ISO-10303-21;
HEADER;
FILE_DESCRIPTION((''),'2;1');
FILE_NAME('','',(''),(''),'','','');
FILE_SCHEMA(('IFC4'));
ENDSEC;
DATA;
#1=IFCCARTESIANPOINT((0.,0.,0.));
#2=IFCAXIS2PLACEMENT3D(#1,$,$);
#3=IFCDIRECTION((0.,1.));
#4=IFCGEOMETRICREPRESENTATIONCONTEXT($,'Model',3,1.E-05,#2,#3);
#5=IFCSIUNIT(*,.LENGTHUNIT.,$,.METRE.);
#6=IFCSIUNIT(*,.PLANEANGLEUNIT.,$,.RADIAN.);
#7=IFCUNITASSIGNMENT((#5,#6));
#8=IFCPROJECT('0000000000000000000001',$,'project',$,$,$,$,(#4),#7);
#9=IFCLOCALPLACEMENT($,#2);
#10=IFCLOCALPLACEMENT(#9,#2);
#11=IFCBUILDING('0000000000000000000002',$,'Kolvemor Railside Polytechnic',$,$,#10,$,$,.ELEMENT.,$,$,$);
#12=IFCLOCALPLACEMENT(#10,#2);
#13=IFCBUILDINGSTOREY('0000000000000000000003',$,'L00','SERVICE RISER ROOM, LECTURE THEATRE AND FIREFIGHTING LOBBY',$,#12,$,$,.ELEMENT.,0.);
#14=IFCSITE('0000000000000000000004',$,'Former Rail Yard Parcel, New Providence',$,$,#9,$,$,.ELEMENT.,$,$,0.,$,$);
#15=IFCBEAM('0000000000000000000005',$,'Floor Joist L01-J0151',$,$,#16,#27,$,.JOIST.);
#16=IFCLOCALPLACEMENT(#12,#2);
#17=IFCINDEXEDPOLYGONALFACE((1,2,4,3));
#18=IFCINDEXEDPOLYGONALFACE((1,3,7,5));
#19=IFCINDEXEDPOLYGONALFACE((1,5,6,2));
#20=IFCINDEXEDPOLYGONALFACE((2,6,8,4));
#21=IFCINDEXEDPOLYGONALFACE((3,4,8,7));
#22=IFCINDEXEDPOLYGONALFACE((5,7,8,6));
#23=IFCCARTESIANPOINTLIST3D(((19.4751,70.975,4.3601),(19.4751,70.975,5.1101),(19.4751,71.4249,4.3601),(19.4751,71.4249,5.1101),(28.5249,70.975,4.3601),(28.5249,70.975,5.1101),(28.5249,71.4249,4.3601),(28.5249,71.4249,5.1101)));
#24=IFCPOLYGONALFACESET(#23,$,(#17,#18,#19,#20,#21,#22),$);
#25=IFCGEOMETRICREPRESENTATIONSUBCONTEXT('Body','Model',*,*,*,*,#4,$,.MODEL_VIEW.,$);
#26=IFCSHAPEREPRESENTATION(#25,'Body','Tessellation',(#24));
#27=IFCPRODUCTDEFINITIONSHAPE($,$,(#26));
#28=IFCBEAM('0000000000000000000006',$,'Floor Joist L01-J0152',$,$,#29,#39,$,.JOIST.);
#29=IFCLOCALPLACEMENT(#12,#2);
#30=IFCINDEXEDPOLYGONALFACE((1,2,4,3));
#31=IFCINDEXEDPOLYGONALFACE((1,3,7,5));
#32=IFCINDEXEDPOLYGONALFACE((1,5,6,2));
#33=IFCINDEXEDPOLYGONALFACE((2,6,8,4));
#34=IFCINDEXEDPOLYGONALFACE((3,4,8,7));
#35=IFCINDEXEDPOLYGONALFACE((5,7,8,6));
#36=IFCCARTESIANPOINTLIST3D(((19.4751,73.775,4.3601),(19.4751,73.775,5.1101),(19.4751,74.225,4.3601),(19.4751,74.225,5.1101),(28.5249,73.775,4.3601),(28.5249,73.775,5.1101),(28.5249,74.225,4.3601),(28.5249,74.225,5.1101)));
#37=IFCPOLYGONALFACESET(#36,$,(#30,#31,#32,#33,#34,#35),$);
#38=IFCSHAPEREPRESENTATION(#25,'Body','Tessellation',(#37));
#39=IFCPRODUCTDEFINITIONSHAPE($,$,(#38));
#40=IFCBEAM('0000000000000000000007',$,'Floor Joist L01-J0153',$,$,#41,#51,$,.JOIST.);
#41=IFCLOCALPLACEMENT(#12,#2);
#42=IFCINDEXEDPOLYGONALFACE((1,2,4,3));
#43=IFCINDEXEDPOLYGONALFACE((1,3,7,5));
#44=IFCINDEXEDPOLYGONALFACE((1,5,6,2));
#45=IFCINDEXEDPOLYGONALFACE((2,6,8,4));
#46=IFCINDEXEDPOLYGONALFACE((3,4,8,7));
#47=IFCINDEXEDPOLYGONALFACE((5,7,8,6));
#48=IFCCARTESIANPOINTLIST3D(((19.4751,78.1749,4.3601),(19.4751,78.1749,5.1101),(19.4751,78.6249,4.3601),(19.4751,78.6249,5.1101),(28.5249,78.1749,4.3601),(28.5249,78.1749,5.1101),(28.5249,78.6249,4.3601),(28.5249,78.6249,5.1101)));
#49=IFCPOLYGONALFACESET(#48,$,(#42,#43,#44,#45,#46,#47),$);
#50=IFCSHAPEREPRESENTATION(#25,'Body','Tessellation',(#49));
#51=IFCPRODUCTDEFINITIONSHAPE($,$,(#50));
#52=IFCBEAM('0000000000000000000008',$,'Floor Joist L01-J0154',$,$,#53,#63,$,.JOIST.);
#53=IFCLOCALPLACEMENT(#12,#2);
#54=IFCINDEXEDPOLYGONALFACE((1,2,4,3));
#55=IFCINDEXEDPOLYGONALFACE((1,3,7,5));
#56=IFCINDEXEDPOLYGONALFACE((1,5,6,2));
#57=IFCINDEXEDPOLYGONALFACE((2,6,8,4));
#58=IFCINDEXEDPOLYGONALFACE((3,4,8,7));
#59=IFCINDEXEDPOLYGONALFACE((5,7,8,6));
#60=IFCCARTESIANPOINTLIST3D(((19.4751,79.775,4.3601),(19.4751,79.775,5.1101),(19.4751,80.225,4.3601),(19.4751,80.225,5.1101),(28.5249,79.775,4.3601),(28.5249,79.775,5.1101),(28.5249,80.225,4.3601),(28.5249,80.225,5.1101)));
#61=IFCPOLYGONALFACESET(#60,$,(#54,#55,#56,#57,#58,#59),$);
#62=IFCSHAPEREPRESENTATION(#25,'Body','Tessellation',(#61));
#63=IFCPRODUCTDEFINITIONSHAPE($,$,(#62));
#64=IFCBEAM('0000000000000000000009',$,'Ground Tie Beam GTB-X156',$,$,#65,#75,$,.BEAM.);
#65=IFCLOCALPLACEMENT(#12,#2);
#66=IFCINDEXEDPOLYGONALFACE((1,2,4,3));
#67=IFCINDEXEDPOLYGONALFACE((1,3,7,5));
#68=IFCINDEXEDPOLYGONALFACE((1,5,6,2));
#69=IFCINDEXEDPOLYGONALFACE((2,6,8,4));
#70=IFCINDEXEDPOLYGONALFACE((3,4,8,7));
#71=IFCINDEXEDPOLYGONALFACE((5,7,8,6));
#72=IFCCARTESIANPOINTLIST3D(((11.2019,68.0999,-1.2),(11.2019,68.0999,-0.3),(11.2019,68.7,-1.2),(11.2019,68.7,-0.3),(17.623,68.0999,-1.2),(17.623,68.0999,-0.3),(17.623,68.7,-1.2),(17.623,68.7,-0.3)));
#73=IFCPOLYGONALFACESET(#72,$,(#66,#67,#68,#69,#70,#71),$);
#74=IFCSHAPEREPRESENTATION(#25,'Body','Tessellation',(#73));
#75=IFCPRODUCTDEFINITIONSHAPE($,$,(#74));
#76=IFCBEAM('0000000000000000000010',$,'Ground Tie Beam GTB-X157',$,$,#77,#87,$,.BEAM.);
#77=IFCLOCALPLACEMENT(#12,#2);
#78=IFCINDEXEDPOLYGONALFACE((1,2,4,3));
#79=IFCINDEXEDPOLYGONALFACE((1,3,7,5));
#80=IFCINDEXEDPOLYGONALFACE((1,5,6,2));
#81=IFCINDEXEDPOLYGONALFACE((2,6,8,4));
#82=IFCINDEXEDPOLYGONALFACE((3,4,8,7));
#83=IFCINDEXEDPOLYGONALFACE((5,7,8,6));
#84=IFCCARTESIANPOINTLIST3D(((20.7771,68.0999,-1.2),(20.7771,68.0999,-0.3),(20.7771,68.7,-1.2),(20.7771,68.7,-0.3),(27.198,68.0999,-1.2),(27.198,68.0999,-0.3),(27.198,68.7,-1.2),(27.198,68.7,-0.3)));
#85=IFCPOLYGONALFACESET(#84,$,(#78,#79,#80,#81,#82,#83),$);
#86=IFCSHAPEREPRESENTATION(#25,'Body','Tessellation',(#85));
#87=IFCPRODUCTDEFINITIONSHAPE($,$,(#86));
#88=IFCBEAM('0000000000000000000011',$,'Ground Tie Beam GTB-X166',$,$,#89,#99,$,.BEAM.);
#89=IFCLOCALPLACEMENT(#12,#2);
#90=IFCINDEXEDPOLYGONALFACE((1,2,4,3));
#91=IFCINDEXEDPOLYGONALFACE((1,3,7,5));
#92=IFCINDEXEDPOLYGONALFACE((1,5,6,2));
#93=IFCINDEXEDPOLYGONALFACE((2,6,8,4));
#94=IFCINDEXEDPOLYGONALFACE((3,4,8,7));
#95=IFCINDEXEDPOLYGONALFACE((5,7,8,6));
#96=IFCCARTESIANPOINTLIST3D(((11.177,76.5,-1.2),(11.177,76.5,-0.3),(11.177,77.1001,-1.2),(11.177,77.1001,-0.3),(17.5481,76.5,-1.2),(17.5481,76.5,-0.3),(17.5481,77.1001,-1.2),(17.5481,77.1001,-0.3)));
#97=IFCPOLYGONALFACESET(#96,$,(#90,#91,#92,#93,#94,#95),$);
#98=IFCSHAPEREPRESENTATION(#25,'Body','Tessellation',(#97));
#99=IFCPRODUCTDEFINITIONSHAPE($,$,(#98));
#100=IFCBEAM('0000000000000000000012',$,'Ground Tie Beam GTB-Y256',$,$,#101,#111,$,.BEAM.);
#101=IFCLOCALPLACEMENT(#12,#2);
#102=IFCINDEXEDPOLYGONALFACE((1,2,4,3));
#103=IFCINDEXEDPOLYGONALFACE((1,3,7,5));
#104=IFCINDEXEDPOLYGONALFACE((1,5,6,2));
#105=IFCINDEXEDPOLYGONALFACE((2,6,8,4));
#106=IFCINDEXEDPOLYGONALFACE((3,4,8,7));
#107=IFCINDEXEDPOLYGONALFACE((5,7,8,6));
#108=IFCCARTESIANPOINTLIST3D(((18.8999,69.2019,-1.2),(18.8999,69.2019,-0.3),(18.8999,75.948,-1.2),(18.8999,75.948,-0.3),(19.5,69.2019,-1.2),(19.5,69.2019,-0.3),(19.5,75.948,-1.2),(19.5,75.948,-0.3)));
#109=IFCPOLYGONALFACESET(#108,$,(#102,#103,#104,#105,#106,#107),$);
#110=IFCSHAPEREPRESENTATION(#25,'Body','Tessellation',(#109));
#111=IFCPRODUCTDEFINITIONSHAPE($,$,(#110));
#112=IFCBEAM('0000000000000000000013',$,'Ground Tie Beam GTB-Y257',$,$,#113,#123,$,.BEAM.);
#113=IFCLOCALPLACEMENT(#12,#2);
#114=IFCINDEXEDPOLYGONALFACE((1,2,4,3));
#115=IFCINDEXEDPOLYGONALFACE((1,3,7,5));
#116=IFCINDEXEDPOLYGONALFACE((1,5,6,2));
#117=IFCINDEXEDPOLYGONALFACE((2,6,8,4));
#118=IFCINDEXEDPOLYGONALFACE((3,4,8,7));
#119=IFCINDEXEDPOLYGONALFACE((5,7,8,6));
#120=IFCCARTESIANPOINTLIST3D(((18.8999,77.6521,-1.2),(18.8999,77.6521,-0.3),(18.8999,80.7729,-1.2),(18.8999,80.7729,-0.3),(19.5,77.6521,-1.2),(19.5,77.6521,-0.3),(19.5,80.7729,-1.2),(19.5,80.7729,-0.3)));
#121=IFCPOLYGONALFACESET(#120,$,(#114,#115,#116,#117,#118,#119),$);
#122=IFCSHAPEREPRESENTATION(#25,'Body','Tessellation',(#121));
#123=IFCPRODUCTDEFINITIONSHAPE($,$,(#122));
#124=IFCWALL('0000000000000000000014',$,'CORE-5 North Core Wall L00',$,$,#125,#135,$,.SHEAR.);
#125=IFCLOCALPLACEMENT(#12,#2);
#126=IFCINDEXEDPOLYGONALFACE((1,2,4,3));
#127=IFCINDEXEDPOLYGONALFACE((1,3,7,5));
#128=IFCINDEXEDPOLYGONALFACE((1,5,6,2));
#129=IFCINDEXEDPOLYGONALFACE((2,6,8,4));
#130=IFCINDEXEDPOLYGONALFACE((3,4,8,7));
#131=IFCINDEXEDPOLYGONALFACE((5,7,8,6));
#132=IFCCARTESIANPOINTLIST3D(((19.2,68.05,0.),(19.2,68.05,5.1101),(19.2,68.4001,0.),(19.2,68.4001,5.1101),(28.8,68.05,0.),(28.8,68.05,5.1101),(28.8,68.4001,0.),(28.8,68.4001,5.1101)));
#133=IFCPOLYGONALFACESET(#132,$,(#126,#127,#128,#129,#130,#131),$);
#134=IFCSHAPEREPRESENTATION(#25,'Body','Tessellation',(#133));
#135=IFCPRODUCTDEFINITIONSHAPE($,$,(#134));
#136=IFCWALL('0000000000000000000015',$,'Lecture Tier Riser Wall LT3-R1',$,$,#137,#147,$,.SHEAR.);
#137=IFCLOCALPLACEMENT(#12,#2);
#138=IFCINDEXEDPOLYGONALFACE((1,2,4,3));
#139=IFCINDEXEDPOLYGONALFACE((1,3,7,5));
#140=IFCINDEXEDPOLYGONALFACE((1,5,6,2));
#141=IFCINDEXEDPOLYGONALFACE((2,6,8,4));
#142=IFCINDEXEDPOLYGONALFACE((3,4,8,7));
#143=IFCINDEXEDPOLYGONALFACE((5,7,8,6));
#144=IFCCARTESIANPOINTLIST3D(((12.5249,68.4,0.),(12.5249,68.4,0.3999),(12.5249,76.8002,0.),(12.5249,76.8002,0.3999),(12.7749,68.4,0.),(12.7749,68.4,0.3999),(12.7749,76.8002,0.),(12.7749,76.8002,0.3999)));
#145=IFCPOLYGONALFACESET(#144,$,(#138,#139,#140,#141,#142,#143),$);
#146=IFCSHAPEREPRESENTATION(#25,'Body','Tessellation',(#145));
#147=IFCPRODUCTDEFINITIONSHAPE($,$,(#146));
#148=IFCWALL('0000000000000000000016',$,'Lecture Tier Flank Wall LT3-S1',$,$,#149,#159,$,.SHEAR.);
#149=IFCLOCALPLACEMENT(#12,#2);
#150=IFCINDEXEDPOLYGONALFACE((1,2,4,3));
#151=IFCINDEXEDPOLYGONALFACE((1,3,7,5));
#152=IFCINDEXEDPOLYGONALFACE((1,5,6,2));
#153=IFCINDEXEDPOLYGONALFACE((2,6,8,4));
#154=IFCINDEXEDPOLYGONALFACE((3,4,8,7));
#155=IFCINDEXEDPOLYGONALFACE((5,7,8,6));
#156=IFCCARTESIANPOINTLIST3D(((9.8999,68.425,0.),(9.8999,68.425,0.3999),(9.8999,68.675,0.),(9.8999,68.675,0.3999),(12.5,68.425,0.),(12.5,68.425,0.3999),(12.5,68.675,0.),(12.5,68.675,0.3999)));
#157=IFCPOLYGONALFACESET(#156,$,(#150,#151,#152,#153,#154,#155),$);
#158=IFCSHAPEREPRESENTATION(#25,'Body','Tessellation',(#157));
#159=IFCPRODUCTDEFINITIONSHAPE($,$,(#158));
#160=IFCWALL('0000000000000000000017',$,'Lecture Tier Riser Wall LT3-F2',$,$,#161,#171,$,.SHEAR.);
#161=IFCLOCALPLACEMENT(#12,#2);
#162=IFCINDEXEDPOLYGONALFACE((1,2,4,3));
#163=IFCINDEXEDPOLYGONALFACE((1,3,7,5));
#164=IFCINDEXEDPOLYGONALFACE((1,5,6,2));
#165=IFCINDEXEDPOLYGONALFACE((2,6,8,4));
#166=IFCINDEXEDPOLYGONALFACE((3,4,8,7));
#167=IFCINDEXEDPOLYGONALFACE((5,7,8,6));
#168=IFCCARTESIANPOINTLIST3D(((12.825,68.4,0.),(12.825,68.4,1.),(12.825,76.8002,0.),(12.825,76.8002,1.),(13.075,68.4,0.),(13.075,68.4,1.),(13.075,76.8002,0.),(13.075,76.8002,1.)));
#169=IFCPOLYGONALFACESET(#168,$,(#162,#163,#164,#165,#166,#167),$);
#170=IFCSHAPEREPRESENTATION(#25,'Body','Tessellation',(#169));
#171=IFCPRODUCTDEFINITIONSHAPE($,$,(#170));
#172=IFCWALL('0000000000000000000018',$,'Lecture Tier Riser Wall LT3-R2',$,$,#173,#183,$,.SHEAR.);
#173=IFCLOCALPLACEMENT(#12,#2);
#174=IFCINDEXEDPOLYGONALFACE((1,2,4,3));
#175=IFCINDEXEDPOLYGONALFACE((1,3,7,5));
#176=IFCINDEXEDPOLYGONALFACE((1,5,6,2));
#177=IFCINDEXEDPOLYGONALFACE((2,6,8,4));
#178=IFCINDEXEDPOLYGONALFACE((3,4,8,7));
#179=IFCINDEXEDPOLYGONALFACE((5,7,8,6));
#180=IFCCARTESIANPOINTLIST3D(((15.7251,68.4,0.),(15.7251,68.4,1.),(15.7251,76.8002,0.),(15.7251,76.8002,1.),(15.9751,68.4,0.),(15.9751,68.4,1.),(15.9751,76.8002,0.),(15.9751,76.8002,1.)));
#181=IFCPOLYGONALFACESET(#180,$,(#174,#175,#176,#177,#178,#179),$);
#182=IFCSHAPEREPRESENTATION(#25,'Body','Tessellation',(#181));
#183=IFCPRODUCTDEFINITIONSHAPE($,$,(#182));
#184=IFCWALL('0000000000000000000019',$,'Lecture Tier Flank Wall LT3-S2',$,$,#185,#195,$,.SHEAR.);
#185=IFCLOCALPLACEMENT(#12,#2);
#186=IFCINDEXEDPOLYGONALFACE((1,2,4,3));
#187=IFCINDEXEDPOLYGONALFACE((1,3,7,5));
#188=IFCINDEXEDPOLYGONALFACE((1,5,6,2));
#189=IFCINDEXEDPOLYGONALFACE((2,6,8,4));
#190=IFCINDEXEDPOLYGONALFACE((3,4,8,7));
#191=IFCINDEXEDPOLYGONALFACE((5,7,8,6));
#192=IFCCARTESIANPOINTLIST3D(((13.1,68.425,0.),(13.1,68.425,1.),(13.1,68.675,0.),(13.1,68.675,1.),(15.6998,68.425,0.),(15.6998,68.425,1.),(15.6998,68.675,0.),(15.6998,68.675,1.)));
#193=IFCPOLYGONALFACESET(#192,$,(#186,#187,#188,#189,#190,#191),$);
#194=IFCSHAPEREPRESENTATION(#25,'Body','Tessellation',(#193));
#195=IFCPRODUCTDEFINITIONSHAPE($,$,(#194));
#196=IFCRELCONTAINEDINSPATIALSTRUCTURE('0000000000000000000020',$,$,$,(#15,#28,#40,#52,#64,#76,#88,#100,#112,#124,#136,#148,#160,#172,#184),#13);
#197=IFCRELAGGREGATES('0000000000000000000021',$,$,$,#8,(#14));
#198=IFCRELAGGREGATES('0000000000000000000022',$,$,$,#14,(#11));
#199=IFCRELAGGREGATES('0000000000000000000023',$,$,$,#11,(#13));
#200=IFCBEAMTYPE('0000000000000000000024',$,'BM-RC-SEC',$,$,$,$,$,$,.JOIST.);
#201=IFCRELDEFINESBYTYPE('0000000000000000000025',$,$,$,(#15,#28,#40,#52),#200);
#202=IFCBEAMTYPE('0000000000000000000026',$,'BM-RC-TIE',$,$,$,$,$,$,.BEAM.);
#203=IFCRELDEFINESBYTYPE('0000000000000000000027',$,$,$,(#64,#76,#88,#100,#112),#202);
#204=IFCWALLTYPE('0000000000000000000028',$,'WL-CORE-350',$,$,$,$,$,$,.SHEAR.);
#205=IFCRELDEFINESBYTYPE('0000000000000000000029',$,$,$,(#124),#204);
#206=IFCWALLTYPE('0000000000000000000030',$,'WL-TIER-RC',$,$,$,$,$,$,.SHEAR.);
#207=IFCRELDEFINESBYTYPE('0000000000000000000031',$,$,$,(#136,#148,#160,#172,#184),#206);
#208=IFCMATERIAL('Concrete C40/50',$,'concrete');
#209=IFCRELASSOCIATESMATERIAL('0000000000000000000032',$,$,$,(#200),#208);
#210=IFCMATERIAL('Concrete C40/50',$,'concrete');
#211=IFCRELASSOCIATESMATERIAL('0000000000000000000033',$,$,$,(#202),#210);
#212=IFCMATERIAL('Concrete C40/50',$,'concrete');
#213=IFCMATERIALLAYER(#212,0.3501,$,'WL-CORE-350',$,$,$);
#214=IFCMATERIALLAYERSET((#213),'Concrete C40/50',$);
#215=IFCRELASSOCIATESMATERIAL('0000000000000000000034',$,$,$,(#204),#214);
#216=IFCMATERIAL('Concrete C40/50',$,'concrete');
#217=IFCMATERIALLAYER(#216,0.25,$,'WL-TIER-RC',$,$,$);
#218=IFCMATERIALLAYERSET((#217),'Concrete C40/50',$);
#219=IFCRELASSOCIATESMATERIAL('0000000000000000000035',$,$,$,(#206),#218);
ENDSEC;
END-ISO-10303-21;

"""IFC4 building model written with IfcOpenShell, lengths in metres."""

from ifc_helpers import new_model, si_unit, direction, frame, frame_2d, origin, origin_2d, place, context, subcontext, project, spatial, rectangle, extrude, material, layer, layer_set, material_profile, profile_set, type_object, element, save


model = new_model("IFC4")

# Units and contexts
model_context = context("Model", 3, precision=1e-05, world=origin(), true_north=direction((0.0, 1.0)))
body_context = subcontext(model_context, "Body", "Model", "MODEL_VIEW")
ifc_project = project(units=[si_unit("LENGTHUNIT", "METRE"), si_unit("PLANEANGLEUNIT", "RADIAN")], contexts=[model_context])

# Site, building, storey
site_placement = place(None, origin())
site = spatial("IfcSite", under=ifc_project, at=site_placement, Name="Former Rail Yard Parcel, New Providence", CompositionType="ELEMENT", RefElevation=0.0)
building_placement = place(site_placement, origin())
building = spatial("IfcBuilding", under=site, at=building_placement, Name="Kolvemor Railside Polytechnic", CompositionType="ELEMENT")
storey_placement = place(building_placement, origin())
storey = spatial("IfcBuildingStorey", under=building, at=storey_placement, Name="L00", Description="SERVICE RISER ROOM, LECTURE THEATRE AND FIREFIGHTING LOBBY", CompositionType="ELEMENT", Elevation=0.0)

# Beams
ifc_material_1 = material(Name="Concrete C40/50", Category="concrete")
ifc_material_profile_1 = material_profile(ifc_material_1, rectangle(XDim=0.45, YDim=0.75, at=origin_2d()), Name="RC450x750")
ifc_profile_set_1 = profile_set([ifc_material_profile_1], Name="Concrete C40/50")
beam_type_1 = type_object("IfcBeamType", Name="BM-RC-SEC", PredefinedType="JOIST", material=ifc_profile_set_1)
for number, where, z_axis, x_axis, name in (
    (1, (19.4751, 71.2, 4.7351), (1.0, 0.0, 0.0), (0.0, 1.0, 0.0), "Floor Joist L01-J0151"),
    (2, (19.4751, 74.0, 4.7351), (1.0, 0.0, 0.0), (0.0, 1.0, 0.0), "Floor Joist L01-J0152"),
    (3, (19.4751, 78.3999, 4.7351), (1.0, 0.0, 0.0), (0.0, 1.0, 0.0), "Floor Joist L01-J0153"),
    (4, (19.4751, 80.0, 4.7351), (1.0, 0.0, 0.0), (0.0, 1.0, 0.0), "Floor Joist L01-J0154"),
):
    element("IfcBeam", number, at=place(storey_placement, frame(where, z_axis=z_axis, x_axis=x_axis)), inside=storey, type_object=beam_type_1, Name=name, PredefinedType="JOIST", context=body_context, shape_type="SweptSolid", body=[
        extrude(rectangle(XDim=0.45, YDim=0.75, at=origin_2d()), origin(), (0.0, 0.0, 1.0), 9.0498),
    ])
ifc_material_2 = material(Name="Concrete C40/50", Category="concrete")
ifc_material_profile_2 = material_profile(ifc_material_2, rectangle(XDim=0.6001, YDim=0.8999, at=origin_2d()), Name="RC600x900")
ifc_profile_set_2 = profile_set([ifc_material_profile_2], Name="Concrete C40/50")
beam_type_2 = type_object("IfcBeamType", Name="BM-RC-TIE", PredefinedType="BEAM", material=ifc_profile_set_2)
beam_1_placement = place(storey_placement, frame((11.2019, 68.3999, -0.75), z_axis=(1.0, 0.0, 0.0), x_axis=(0.0, 1.0, 0.0)))
element("IfcBeam", 5, at=beam_1_placement, inside=storey, type_object=beam_type_2, Name="Ground Tie Beam GTB-X156", PredefinedType="BEAM", context=body_context, shape_type="SweptSolid", body=[
    extrude(rectangle(XDim=0.6001, YDim=0.8999, at=origin_2d()), origin(), (0.0, 0.0, 1.0), 6.4211),
])
beam_2_placement = place(storey_placement, frame((20.7771, 68.3999, -0.75), z_axis=(1.0, 0.0, 0.0), x_axis=(0.0, 1.0, 0.0)))
element("IfcBeam", 6, at=beam_2_placement, inside=storey, type_object=beam_type_2, Name="Ground Tie Beam GTB-X157", PredefinedType="BEAM", context=body_context, shape_type="SweptSolid", body=[
    extrude(rectangle(XDim=0.6001, YDim=0.8999, at=origin_2d()), origin(), (0.0, 0.0, 1.0), 6.4209),
])
beam_3_placement = place(storey_placement, frame((11.177, 76.8, -0.75), z_axis=(1.0, 0.0, 0.0), x_axis=(0.0, 1.0, 0.0)))
element("IfcBeam", 7, at=beam_3_placement, inside=storey, type_object=beam_type_2, Name="Ground Tie Beam GTB-X166", PredefinedType="BEAM", context=body_context, shape_type="SweptSolid", body=[
    extrude(rectangle(XDim=0.6001, YDim=0.8999, at=origin_2d()), origin(), (0.0, 0.0, 1.0), 6.3711),
])
beam_4_placement = place(storey_placement, frame((19.2, 69.2019, -0.75), z_axis=(0.0, 1.0, 0.0), x_axis=(-1.0, 0.0, 0.0)))
element("IfcBeam", 8, at=beam_4_placement, inside=storey, type_object=beam_type_2, Name="Ground Tie Beam GTB-Y256", PredefinedType="BEAM", context=body_context, shape_type="SweptSolid", body=[
    extrude(rectangle(XDim=0.6001, YDim=0.8999, at=origin_2d()), origin(), (0.0, 0.0, 1.0), 6.7461),
])
beam_5_placement = place(storey_placement, frame((19.2, 77.6521, -0.75), z_axis=(0.0, 1.0, 0.0), x_axis=(-1.0, 0.0, 0.0)))
element("IfcBeam", 9, at=beam_5_placement, inside=storey, type_object=beam_type_2, Name="Ground Tie Beam GTB-Y257", PredefinedType="BEAM", context=body_context, shape_type="SweptSolid", body=[
    extrude(rectangle(XDim=0.6001, YDim=0.8999, at=origin_2d()), origin(), (0.0, 0.0, 1.0), 3.1208),
])

# Walls
ifc_material_3 = material(Name="Concrete C40/50", Category="concrete")
ifc_layer_1 = layer(ifc_material_3, 0.3501, Name="WL-CORE-350")
ifc_layer_set_1 = layer_set([ifc_layer_1], Name="Concrete C40/50")
wall_type_1 = type_object("IfcWallType", Name="WL-CORE-350", PredefinedType="SHEAR", material=ifc_layer_set_1)
wall_1_placement = place(storey_placement, frame((19.2, 68.2251, 0.0), z_axis=(0.0, 0.0, 1.0), x_axis=(1.0, 0.0, 0.0)))
element("IfcWall", 10, at=wall_1_placement, inside=storey, type_object=wall_type_1, Name="CORE-5 North Core Wall L00", PredefinedType="SHEAR", context=body_context, shape_type="SweptSolid", body=[
    extrude(rectangle(XDim=9.6001, YDim=0.3501, at=frame_2d((4.8, 0.0))), origin(), (0.0, 0.0, 1.0), 5.1101),
])
ifc_material_4 = material(Name="Concrete C40/50", Category="concrete")
ifc_layer_2 = layer(ifc_material_4, 0.25, Name="WL-TIER-RC")
ifc_layer_set_2 = layer_set([ifc_layer_2], Name="Concrete C40/50")
wall_type_2 = type_object("IfcWallType", Name="WL-TIER-RC", PredefinedType="SHEAR", material=ifc_layer_set_2)
wall_2_placement = place(storey_placement, frame((12.6499, 68.3999, 0.0), z_axis=(0.0, 0.0, 1.0), x_axis=(0.0, 1.0, 0.0)))
element("IfcWall", 11, at=wall_2_placement, inside=storey, type_object=wall_type_2, Name="Lecture Tier Riser Wall LT3-R1", PredefinedType="SHEAR", context=body_context, shape_type="SweptSolid", body=[
    extrude(rectangle(XDim=8.4001, YDim=0.25, at=frame_2d((4.2002, 0.0))), origin(), (0.0, 0.0, 1.0), 0.3999),
])
wall_3_placement = place(storey_placement, frame((9.8999, 68.55, 0.0), z_axis=(0.0, 0.0, 1.0), x_axis=(1.0, 0.0, 0.0)))
element("IfcWall", 12, at=wall_3_placement, inside=storey, type_object=wall_type_2, Name="Lecture Tier Flank Wall LT3-S1", PredefinedType="SHEAR", context=body_context, shape_type="SweptSolid", body=[
    extrude(rectangle(XDim=2.6001, YDim=0.25, at=frame_2d((1.3, 0.0))), origin(), (0.0, 0.0, 1.0), 0.3999),
])
for number, where, z_axis, x_axis, name in (
    (13, (12.95, 68.3999, 0.0), (0.0, 0.0, 1.0), (0.0, 1.0, 0.0), "Lecture Tier Riser Wall LT3-F2"),
    (14, (15.8501, 68.3999, 0.0), (0.0, 0.0, 1.0), (0.0, 1.0, 0.0), "Lecture Tier Riser Wall LT3-R2"),
):
    element("IfcWall", number, at=place(storey_placement, frame(where, z_axis=z_axis, x_axis=x_axis)), inside=storey, type_object=wall_type_2, Name=name, PredefinedType="SHEAR", context=body_context, shape_type="SweptSolid", body=[
        extrude(rectangle(XDim=8.4001, YDim=0.25, at=frame_2d((4.2002, 0.0))), origin(), (0.0, 0.0, 1.0), 1.0),
    ])
wall_4_placement = place(storey_placement, frame((13.1001, 68.55, 0.0), z_axis=(0.0, 0.0, 1.0), x_axis=(1.0, 0.0, 0.0)))
element("IfcWall", 15, at=wall_4_placement, inside=storey, type_object=wall_type_2, Name="Lecture Tier Flank Wall LT3-S2", PredefinedType="SHEAR", context=body_context, shape_type="SweptSolid", body=[
    extrude(rectangle(XDim=2.5999, YDim=0.25, at=frame_2d((1.2998, 0.0))), origin(), (0.0, 0.0, 1.0), 1.0),
])

save(model, "model.ifc")
